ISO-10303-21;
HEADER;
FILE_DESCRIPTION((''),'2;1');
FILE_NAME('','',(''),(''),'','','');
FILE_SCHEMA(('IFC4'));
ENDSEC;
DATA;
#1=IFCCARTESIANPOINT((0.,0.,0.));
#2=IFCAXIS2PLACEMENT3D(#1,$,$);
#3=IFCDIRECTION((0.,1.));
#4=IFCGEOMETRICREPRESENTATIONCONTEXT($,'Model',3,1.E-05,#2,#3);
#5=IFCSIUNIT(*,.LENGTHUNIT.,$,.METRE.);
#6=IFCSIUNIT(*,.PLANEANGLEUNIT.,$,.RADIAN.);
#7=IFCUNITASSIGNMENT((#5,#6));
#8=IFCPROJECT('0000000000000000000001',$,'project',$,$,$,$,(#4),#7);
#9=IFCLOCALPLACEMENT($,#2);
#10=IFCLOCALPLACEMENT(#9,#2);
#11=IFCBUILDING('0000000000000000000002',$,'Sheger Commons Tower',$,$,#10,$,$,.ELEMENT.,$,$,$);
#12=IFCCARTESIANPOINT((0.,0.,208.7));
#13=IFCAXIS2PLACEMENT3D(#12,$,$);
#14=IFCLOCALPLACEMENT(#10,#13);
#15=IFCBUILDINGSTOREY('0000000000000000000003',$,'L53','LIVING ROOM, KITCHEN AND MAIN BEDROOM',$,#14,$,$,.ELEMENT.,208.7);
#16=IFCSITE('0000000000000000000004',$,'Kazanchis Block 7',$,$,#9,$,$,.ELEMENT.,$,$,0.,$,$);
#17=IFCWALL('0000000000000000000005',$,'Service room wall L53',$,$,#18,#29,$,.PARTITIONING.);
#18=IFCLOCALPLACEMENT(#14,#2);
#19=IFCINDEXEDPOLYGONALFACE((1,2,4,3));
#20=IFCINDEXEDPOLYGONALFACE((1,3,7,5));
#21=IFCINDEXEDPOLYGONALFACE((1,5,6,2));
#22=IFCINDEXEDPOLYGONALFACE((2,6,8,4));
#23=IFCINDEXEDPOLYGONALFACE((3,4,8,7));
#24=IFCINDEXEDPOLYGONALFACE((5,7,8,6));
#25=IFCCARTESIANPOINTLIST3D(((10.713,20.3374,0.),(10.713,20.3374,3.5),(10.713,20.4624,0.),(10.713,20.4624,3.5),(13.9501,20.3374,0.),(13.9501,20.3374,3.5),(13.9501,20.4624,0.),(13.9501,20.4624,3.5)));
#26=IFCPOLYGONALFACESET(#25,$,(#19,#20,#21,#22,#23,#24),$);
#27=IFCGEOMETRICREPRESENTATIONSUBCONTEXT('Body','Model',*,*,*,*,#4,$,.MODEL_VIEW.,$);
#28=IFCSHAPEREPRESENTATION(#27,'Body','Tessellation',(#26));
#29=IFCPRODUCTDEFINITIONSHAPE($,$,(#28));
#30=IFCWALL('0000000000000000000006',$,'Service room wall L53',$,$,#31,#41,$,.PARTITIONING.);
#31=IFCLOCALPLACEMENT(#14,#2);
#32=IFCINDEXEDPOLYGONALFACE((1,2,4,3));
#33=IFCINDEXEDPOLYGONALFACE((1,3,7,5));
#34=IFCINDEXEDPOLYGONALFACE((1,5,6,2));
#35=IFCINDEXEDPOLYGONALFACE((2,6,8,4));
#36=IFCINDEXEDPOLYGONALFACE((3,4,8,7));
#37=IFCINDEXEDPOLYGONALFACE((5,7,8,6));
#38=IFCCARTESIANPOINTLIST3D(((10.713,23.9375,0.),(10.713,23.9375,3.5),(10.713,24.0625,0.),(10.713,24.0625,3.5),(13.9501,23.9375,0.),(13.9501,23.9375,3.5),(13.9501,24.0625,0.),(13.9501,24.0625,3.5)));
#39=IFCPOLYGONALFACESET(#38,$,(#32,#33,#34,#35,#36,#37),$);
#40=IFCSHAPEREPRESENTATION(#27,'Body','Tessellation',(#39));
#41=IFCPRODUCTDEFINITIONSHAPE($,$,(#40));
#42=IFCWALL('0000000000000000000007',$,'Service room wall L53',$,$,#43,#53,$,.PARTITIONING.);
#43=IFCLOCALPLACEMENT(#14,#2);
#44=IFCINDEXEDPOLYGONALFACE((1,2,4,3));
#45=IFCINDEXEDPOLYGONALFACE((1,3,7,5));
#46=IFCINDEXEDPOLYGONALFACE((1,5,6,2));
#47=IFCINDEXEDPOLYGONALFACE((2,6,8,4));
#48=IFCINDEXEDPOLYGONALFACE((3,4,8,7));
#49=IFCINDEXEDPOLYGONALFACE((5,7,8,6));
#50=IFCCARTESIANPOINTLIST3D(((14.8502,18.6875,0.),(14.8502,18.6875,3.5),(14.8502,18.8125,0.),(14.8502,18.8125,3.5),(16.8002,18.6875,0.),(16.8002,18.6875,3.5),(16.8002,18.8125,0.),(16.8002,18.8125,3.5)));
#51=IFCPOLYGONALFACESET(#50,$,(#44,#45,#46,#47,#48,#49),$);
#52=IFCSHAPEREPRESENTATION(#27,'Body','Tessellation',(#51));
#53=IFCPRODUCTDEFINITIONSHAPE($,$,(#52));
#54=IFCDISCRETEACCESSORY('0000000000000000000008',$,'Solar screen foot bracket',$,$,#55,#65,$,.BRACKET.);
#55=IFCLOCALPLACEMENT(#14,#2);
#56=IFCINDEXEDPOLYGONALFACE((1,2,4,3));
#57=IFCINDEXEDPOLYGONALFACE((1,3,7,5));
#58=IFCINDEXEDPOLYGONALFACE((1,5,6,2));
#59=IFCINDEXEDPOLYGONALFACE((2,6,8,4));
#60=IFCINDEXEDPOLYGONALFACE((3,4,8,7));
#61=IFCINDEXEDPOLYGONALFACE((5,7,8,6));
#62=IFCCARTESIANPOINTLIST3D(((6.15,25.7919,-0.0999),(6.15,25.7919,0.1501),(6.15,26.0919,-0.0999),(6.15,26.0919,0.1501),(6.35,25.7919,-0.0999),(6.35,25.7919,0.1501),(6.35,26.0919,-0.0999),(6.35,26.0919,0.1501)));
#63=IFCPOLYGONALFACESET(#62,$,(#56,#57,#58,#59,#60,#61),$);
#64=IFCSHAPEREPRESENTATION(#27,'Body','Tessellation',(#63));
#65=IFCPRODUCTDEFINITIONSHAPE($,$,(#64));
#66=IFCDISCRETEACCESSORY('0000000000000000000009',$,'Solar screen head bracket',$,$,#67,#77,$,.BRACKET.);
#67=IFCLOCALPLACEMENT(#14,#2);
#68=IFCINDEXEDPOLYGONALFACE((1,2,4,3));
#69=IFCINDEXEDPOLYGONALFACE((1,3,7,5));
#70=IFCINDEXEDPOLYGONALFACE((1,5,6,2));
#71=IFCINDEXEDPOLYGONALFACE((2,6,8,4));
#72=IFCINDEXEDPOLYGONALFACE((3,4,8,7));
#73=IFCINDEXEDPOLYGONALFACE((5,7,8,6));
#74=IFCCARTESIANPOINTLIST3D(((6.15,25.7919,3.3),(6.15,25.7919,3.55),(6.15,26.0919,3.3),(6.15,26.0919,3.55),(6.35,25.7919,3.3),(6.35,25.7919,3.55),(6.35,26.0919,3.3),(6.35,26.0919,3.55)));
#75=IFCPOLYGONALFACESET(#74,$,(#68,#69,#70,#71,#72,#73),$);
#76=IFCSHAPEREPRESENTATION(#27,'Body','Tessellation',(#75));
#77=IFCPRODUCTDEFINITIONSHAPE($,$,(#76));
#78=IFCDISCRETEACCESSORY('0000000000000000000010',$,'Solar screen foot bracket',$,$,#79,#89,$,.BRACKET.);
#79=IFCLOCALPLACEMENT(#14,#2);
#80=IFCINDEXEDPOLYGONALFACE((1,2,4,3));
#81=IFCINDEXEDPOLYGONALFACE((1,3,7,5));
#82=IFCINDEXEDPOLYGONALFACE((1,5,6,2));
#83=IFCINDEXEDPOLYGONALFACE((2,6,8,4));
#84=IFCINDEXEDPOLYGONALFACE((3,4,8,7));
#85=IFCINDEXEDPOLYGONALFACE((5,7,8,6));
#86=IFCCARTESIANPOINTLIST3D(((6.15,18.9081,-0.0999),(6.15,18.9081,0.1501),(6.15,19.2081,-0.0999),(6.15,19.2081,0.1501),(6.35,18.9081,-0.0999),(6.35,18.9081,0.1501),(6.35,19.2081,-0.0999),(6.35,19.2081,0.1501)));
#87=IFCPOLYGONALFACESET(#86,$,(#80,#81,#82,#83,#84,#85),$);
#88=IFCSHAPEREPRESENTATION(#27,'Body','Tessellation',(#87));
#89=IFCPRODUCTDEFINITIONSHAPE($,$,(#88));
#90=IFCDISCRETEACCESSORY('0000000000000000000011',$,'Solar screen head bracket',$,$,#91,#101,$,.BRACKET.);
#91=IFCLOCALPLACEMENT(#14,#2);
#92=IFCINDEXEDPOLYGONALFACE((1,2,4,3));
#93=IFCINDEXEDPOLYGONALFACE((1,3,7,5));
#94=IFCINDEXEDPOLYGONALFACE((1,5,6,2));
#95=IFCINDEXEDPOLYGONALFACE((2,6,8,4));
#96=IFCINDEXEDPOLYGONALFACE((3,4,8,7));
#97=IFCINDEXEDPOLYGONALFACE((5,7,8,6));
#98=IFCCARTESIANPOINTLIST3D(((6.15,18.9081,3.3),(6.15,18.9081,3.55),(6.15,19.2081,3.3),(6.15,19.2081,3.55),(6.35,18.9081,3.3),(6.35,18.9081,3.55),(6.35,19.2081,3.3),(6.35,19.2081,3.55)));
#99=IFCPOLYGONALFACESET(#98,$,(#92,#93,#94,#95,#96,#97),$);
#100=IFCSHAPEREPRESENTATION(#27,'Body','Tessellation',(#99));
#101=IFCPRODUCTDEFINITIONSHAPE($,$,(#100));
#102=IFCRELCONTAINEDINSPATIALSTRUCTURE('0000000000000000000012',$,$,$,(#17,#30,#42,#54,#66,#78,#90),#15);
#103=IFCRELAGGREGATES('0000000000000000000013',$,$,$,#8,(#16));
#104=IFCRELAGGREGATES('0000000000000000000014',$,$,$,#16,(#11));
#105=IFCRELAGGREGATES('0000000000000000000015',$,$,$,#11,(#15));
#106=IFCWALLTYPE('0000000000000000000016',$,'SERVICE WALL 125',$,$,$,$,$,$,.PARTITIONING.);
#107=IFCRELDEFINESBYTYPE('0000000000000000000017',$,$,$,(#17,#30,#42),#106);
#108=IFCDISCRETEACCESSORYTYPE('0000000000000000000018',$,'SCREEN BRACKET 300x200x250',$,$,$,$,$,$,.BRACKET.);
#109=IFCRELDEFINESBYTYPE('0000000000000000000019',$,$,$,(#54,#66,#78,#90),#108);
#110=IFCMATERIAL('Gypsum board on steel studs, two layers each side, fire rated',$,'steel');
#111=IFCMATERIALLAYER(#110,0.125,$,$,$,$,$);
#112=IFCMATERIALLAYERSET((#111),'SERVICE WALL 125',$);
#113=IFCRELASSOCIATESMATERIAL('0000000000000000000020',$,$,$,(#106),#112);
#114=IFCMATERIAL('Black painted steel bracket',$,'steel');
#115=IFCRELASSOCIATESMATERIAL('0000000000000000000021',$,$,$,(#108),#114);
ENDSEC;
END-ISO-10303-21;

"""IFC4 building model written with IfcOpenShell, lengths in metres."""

from ifc_helpers import new_model, si_unit, direction, frame, frame_2d, origin, origin_2d, place, context, subcontext, project, spatial, rectangle, extrude, material, layer, layer_set, type_object, element, save


model = new_model("IFC4")

# Units and contexts
model_context = context("Model", 3, precision=1e-05, world=origin(), true_north=direction((0.0, 1.0)))
body_context = subcontext(model_context, "Body", "Model", "MODEL_VIEW")
ifc_project = project(units=[si_unit("LENGTHUNIT", "METRE"), si_unit("PLANEANGLEUNIT", "RADIAN")], contexts=[model_context])

# Site, building, storey
site_placement = place(None, origin())
site = spatial("IfcSite", under=ifc_project, at=site_placement, Name="Kazanchis Block 7", CompositionType="ELEMENT", RefElevation=0.0)
building_placement = place(site_placement, origin())
building = spatial("IfcBuilding", under=site, at=building_placement, Name="Sheger Commons Tower", CompositionType="ELEMENT")
storey_placement = place(building_placement, frame((0.0, 0.0, 208.7)))
storey = spatial("IfcBuildingStorey", under=building, at=storey_placement, Name="L53", Description="LIVING ROOM, KITCHEN AND MAIN BEDROOM", CompositionType="ELEMENT", Elevation=208.7)

# Walls
ifc_material_1 = material(Name="Gypsum board on steel studs, two layers each side, fire rated", Category="steel")
ifc_layer_1 = layer(ifc_material_1, 0.125)
ifc_layer_set_1 = layer_set([ifc_layer_1], Name="SERVICE WALL 125")
wall_type_1 = type_object("IfcWallType", Name="SERVICE WALL 125", PredefinedType="PARTITIONING", material=ifc_layer_set_1)
for number, where, z_axis, x_axis, name in (
    (1, (10.7129, 20.3999, 0.0), (0.0, 0.0, 1.0), (1.0, 0.0, 0.0), "Service room wall L53"),
    (2, (10.7129, 24.0, 0.0), (0.0, 0.0, 1.0), (1.0, 0.0, 0.0), "Service room wall L53"),
):
    element("IfcWall", number, at=place(storey_placement, frame(where, z_axis=z_axis, x_axis=x_axis)), inside=storey, type_object=wall_type_1, Name=name, PredefinedType="PARTITIONING", context=body_context, shape_type="SweptSolid", body=[
        extrude(rectangle(XDim=3.2371, YDim=0.125, at=frame_2d((1.6187, 0.0))), origin(), (0.0, 0.0, 1.0), 3.5),
    ])
wall_1_placement = place(storey_placement, frame((14.8501, 18.75, 0.0), z_axis=(0.0, 0.0, 1.0), x_axis=(1.0, 0.0, 0.0)))
element("IfcWall", 3, at=wall_1_placement, inside=storey, type_object=wall_type_1, Name="Service room wall L53", PredefinedType="PARTITIONING", context=body_context, shape_type="SweptSolid", body=[
    extrude(rectangle(XDim=1.95, YDim=0.125, at=frame_2d((0.9751, 0.0))), origin(), (0.0, 0.0, 1.0), 3.5),
])

# Discrete accessories
ifc_material_2 = material(Name="Black painted steel bracket", Category="steel")
discrete_accessory_type = type_object("IfcDiscreteAccessoryType", Name="SCREEN BRACKET 300x200x250", PredefinedType="BRACKET", material=ifc_material_2)
for number, where, z_axis, x_axis, name in (
    (4, (6.25, 25.9419, -0.0999), (0.0, 0.0, 1.0), (0.0, -1.0, 0.0), "Solar screen foot bracket"),
    (5, (6.25, 25.9419, 3.3), (0.0, 0.0, 1.0), (0.0, -1.0, 0.0), "Solar screen head bracket"),
    (6, (6.25, 19.0581, -0.0999), (0.0, 0.0, 1.0), (0.0, -1.0, 0.0), "Solar screen foot bracket"),
    (7, (6.25, 19.0581, 3.3), (0.0, 0.0, 1.0), (0.0, -1.0, 0.0), "Solar screen head bracket"),
):
    element("IfcDiscreteAccessory", number, at=place(storey_placement, frame(where, z_axis=z_axis, x_axis=x_axis)), inside=storey, type_object=discrete_accessory_type, Name=name, PredefinedType="BRACKET", context=body_context, shape_type="SweptSolid", body=[
        extrude(rectangle(XDim=0.3, YDim=0.2, at=origin_2d()), origin(), (0.0, 0.0, 1.0), 0.25),
    ])

save(model, "model.ifc")
